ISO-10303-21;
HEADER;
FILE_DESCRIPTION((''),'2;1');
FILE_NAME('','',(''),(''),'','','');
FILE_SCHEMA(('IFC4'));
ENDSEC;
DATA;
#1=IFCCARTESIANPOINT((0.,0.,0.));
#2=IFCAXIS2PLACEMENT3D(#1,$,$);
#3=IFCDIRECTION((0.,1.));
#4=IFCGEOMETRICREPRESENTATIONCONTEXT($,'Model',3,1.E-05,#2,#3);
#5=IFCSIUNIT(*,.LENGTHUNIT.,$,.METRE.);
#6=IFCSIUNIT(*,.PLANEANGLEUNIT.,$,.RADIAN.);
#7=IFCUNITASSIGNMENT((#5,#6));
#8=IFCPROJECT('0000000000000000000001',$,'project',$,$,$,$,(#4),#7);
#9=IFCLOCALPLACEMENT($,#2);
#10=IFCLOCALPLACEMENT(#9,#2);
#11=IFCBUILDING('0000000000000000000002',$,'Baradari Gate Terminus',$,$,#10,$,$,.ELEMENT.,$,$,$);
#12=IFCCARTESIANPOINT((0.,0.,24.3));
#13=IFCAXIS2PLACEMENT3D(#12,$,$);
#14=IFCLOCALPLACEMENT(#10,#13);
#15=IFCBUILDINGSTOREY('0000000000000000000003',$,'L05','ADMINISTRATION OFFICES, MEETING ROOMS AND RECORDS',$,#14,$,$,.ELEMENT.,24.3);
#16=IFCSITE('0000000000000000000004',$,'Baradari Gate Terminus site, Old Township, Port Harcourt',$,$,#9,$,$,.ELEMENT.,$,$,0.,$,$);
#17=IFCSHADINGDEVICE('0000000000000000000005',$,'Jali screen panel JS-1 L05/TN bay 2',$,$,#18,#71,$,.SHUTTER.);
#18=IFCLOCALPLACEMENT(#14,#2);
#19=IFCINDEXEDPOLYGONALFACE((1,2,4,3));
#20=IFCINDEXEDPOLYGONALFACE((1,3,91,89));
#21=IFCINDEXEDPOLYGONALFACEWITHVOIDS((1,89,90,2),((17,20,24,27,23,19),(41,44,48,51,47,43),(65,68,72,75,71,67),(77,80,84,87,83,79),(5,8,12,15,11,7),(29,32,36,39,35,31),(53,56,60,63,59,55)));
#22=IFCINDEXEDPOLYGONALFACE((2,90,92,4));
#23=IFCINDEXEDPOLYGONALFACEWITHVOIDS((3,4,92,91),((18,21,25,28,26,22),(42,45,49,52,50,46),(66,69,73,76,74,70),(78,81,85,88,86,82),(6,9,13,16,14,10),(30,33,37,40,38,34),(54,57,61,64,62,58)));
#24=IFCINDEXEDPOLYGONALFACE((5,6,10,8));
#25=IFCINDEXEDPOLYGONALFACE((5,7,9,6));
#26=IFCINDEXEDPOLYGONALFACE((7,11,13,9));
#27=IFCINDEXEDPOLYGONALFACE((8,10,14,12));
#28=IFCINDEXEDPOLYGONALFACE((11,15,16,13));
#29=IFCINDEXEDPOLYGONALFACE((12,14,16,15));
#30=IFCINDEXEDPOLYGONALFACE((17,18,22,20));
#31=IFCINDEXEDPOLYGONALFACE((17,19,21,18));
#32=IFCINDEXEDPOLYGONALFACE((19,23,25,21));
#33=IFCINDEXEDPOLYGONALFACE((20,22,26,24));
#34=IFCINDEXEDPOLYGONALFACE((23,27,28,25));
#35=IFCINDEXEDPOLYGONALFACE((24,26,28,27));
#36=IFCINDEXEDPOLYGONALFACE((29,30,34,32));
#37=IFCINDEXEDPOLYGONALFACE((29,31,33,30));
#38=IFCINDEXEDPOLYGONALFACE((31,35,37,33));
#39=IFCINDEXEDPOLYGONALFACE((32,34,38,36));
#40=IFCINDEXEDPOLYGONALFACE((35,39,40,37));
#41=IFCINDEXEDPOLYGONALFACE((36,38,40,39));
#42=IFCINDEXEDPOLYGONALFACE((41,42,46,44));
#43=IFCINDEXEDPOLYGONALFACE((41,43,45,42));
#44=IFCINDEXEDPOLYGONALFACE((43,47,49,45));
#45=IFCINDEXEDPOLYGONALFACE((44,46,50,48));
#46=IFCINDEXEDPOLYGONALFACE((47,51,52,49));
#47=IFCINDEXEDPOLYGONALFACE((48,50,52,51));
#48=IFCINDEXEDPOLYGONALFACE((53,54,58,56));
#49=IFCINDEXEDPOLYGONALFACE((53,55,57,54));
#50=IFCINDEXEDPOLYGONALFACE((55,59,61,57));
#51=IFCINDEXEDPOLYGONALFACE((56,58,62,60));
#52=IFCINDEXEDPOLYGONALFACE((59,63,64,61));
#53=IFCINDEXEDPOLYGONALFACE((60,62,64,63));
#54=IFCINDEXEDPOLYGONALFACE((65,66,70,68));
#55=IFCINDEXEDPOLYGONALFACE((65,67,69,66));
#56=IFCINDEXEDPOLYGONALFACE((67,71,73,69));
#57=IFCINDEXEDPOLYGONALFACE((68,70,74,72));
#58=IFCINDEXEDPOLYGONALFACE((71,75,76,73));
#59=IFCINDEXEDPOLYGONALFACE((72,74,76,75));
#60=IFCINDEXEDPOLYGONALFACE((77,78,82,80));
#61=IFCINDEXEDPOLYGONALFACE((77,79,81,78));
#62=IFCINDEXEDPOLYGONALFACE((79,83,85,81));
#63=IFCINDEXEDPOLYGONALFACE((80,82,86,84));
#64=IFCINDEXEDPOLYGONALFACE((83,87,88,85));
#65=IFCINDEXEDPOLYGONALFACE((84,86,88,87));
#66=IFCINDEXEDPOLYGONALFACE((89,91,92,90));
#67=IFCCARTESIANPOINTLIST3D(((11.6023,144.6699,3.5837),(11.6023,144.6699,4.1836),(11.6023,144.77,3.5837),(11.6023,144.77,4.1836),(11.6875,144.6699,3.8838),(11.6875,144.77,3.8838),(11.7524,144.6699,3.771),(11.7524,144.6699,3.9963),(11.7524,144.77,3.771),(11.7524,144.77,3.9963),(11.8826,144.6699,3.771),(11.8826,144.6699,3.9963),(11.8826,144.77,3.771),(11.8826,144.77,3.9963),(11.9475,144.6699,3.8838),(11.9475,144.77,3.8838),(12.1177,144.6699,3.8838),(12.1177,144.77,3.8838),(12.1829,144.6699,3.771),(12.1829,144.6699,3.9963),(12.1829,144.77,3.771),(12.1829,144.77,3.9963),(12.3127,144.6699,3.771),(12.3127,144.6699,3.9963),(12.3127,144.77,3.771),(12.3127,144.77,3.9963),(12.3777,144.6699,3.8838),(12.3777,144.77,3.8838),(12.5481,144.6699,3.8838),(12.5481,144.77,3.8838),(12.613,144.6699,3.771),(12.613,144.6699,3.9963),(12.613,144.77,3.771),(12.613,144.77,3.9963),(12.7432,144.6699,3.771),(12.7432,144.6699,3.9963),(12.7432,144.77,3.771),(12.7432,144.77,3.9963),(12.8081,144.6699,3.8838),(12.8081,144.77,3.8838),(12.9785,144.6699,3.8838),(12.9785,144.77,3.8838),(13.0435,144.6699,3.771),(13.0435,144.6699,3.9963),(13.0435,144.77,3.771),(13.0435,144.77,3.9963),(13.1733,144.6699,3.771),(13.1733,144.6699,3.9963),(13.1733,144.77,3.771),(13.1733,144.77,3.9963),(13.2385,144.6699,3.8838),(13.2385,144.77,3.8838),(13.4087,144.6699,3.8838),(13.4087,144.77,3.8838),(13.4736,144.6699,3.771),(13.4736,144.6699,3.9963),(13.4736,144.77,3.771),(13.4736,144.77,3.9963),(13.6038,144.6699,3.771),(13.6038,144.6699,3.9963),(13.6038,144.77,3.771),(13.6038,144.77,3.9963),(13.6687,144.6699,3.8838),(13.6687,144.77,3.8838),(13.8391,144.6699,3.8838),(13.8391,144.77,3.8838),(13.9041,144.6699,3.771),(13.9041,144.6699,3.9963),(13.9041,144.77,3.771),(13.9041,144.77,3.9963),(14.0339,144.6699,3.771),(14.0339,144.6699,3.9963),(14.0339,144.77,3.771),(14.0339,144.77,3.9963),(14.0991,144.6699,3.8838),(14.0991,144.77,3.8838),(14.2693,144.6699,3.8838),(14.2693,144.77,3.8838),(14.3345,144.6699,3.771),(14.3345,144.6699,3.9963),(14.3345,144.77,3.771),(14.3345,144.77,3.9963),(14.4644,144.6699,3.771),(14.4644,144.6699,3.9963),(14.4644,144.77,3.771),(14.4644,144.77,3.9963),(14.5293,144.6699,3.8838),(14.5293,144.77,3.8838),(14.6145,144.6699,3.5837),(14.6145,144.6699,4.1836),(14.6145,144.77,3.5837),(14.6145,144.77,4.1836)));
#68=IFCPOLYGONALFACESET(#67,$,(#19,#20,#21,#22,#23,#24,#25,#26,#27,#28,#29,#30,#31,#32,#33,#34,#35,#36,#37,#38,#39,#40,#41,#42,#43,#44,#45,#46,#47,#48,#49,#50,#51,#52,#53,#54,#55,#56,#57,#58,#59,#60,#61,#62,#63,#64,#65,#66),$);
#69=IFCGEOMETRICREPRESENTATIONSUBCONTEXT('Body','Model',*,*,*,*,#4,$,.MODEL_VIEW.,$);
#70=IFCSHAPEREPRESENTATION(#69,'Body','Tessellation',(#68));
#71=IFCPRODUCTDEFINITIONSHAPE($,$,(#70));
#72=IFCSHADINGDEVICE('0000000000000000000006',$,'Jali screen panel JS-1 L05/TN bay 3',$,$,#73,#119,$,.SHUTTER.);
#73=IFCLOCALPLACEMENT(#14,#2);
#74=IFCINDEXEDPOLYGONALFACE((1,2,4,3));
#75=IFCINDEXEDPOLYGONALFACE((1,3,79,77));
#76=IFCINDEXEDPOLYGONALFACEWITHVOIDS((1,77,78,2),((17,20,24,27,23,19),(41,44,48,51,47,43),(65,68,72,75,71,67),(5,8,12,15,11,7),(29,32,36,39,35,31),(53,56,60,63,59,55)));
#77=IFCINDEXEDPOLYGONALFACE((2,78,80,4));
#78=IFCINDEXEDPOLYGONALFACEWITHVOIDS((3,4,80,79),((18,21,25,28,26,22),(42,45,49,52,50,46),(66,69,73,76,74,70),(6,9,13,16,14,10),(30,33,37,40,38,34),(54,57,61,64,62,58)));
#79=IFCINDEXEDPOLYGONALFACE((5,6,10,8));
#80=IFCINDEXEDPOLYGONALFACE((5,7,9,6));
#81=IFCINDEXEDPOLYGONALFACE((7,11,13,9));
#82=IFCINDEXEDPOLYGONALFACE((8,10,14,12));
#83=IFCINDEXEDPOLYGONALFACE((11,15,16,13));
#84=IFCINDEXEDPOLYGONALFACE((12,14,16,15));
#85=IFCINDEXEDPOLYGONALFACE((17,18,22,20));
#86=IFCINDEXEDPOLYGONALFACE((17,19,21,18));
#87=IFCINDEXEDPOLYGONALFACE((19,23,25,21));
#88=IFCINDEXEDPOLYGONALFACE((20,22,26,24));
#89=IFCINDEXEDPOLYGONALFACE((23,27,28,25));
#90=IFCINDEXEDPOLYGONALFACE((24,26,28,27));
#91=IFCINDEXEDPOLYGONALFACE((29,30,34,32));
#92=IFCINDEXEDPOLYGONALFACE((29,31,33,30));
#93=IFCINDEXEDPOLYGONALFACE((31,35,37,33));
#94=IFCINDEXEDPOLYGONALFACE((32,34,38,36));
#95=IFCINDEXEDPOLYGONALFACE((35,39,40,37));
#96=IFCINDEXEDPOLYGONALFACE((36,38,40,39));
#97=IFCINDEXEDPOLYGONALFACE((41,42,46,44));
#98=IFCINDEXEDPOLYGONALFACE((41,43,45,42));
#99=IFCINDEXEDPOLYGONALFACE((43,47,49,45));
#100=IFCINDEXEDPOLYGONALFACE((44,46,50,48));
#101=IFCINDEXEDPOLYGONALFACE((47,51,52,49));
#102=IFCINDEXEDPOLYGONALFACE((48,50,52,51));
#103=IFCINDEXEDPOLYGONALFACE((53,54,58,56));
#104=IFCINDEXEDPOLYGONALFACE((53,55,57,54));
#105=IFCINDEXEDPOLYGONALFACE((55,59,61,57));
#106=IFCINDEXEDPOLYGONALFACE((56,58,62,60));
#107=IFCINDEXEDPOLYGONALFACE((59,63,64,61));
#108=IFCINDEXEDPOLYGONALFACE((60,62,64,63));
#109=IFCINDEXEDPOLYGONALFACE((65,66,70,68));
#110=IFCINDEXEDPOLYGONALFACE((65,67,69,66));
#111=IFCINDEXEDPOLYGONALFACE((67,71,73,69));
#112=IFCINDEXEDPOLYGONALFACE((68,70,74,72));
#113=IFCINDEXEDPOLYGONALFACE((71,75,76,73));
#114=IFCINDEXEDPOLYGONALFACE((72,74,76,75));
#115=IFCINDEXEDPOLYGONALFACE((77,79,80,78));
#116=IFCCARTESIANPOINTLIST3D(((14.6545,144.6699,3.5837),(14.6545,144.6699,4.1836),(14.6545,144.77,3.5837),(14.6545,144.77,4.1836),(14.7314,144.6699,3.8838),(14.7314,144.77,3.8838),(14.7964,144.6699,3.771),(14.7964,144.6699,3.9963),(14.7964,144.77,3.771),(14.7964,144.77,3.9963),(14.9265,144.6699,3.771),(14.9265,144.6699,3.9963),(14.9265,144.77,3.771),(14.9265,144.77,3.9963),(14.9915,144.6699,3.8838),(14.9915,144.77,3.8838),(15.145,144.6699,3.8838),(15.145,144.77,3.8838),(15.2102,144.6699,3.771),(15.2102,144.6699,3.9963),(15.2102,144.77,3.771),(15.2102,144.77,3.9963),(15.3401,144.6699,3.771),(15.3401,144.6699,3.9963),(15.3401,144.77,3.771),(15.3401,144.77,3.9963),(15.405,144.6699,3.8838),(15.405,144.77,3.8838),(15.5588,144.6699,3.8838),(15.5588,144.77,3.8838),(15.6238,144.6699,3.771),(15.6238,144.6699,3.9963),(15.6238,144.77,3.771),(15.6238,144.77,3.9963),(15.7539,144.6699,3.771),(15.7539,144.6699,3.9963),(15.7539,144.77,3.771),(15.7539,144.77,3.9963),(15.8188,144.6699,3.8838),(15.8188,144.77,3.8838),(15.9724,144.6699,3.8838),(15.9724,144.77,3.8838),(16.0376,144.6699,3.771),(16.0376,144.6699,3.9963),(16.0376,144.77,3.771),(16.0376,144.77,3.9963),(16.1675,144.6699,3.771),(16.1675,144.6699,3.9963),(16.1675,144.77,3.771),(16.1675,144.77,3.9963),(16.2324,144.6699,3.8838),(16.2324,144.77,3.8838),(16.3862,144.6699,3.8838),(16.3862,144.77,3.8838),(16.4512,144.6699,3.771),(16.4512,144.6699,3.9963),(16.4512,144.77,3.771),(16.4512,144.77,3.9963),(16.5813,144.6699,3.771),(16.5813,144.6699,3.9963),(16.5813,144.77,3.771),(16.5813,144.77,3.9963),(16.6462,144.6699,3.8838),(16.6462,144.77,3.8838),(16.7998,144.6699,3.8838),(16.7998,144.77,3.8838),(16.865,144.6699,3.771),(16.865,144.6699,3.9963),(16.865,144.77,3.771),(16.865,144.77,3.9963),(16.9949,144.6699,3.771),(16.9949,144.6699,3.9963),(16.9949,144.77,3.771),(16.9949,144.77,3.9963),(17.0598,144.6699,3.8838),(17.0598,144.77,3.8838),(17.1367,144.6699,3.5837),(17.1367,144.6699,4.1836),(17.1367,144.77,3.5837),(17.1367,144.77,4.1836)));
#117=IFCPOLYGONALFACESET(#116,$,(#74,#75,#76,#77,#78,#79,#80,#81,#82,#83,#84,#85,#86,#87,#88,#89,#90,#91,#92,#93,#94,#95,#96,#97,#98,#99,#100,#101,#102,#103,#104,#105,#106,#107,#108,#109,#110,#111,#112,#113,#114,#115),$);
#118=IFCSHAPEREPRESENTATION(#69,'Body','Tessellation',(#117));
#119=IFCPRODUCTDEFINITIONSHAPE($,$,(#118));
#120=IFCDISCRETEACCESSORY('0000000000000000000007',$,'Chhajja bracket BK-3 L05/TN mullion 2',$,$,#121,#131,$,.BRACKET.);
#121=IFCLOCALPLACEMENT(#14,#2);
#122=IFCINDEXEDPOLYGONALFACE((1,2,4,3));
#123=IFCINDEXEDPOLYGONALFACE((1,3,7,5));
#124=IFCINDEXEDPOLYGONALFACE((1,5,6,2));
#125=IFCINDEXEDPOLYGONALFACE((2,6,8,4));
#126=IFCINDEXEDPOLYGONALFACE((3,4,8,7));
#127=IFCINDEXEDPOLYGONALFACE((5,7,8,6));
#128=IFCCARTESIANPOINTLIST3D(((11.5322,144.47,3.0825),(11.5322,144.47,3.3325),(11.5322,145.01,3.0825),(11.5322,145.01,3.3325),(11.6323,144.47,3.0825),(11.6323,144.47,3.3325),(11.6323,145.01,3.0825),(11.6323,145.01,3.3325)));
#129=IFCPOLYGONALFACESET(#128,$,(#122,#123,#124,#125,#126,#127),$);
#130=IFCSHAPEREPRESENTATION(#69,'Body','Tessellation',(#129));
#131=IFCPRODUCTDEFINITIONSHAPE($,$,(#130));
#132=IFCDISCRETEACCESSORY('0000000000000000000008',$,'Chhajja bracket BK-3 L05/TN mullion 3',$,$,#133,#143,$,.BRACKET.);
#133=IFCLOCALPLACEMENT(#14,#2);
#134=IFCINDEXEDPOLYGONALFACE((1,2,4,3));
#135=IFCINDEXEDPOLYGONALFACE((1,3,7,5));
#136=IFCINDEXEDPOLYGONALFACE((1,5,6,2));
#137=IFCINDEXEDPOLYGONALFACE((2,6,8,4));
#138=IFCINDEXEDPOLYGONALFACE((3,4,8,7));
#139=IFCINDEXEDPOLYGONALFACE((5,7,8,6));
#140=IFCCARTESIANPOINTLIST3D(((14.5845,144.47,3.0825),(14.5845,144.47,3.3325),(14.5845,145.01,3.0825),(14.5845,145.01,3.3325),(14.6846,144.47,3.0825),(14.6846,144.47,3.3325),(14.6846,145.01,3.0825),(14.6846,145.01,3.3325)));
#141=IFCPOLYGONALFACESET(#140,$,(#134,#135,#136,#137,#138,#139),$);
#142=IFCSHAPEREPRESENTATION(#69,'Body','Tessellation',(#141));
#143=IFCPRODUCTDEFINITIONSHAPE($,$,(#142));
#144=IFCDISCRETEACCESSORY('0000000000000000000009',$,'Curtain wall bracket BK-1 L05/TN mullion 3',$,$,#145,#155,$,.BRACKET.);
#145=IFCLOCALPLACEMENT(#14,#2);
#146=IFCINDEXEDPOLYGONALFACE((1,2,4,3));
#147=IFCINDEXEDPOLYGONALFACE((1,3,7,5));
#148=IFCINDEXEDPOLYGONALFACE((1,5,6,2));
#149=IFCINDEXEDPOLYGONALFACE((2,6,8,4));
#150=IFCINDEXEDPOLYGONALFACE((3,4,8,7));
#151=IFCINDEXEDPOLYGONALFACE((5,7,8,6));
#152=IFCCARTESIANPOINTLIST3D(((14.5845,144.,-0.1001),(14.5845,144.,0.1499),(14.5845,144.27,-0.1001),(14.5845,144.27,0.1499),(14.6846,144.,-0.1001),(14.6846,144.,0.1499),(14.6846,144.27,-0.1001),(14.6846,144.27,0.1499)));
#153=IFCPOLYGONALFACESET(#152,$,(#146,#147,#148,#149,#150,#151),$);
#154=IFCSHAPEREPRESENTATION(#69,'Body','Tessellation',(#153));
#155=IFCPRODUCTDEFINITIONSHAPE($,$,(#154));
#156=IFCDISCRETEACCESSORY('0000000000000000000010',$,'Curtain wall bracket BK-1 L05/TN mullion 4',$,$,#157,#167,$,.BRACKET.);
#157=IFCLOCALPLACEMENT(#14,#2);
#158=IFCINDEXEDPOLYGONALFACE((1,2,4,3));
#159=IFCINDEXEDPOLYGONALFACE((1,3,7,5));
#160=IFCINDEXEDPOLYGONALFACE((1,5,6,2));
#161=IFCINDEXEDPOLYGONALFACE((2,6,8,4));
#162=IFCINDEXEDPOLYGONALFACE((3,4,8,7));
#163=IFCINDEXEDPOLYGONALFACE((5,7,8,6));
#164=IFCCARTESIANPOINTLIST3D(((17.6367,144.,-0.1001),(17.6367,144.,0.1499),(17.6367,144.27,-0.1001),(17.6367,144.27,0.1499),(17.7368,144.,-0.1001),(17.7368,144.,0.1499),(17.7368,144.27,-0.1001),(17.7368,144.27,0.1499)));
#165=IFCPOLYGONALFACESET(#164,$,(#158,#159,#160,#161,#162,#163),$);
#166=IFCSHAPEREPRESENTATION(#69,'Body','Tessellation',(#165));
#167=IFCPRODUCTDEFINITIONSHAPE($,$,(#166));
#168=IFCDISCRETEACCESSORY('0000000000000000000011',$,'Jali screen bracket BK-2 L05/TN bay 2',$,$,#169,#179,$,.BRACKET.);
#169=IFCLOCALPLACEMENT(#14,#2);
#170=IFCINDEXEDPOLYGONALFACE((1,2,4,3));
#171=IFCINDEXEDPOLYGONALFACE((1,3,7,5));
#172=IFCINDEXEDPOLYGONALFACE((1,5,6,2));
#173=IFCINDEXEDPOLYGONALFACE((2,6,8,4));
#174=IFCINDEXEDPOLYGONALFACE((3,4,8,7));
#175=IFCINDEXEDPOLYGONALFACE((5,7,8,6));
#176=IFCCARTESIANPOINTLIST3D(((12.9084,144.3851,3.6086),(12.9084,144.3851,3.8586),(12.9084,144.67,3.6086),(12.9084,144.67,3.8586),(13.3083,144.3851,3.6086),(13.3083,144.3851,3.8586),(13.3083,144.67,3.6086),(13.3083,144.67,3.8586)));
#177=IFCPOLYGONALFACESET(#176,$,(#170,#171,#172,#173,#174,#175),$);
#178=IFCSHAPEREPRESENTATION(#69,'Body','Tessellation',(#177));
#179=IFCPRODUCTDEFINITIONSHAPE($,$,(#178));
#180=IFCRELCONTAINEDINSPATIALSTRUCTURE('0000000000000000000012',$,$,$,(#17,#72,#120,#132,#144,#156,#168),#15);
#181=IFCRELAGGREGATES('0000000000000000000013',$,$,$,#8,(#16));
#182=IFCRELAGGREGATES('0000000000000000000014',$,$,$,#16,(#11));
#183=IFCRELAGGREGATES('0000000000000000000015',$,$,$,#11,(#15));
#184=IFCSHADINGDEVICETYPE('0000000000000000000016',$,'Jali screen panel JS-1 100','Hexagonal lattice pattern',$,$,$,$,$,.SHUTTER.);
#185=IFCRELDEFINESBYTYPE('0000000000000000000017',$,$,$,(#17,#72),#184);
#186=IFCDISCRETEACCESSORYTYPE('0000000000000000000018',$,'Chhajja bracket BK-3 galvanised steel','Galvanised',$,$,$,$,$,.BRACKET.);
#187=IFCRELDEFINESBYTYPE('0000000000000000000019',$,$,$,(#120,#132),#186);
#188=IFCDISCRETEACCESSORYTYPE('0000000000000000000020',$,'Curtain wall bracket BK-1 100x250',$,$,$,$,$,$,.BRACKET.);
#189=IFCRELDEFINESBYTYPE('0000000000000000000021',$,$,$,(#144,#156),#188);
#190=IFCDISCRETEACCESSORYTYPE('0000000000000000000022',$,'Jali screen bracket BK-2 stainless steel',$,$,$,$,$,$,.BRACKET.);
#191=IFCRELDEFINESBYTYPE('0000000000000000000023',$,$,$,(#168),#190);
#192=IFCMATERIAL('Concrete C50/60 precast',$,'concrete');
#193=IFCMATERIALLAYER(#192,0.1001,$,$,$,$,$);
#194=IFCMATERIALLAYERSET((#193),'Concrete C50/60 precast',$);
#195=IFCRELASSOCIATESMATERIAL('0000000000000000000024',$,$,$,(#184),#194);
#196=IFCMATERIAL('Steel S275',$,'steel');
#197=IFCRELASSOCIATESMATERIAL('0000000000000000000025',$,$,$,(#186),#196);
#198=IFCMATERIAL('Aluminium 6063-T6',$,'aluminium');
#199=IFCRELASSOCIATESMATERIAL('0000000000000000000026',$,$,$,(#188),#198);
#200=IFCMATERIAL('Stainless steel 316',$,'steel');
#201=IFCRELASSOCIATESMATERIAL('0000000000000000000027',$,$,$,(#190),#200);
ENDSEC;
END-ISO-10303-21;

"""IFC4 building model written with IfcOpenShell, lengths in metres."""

from ifc_helpers import new_model, si_unit, direction, frame, origin, origin_2d, place, context, subcontext, project, spatial, polyline, rectangle, outline, extrude, material, layer, layer_set, type_object, element, save


model = new_model("IFC4")

# Units and contexts
model_context = context("Model", 3, precision=1e-05, world=origin(), true_north=direction((0.0, 1.0)))
body_context = subcontext(model_context, "Body", "Model", "MODEL_VIEW")
ifc_project = project(units=[si_unit("LENGTHUNIT", "METRE"), si_unit("PLANEANGLEUNIT", "RADIAN")], contexts=[model_context])

# Site, building, storey
site_placement = place(None, origin())
site = spatial("IfcSite", under=ifc_project, at=site_placement, Name="Baradari Gate Terminus site, Old Township, Port Harcourt", CompositionType="ELEMENT", RefElevation=0.0)
building_placement = place(site_placement, origin())
building = spatial("IfcBuilding", under=site, at=building_placement, Name="Baradari Gate Terminus", CompositionType="ELEMENT")
storey_placement = place(building_placement, frame((0.0, 0.0, 24.3)))
storey = spatial("IfcBuildingStorey", under=building, at=storey_placement, Name="L05", Description="ADMINISTRATION OFFICES, MEETING ROOMS AND RECORDS", CompositionType="ELEMENT", Elevation=24.3)

# Shading devices
ifc_material_1 = material(Name="Concrete C50/60 precast", Category="concrete")
ifc_layer_1 = layer(ifc_material_1, 0.1001)
ifc_layer_set_1 = layer_set([ifc_layer_1], Name="Concrete C50/60 precast")
shading_device_type_1 = type_object("IfcShadingDeviceType", Name="Jali screen panel JS-1 100", Description="Hexagonal lattice pattern", PredefinedType="SHUTTER", material=ifc_layer_set_1)
shading_device_1_placement = place(storey_placement, frame((11.6023, 144.72, 3.5837), z_axis=(0.0, 0.0, 1.0), x_axis=(1.0, 0.0, 0.0)))
element("IfcShadingDevice", 1, at=shading_device_1_placement, inside=storey, type_object=shading_device_type_1, Name="Jali screen panel JS-1 L05/TN bay 2", PredefinedType="SHUTTER", context=body_context, shape_type="SweptSolid", body=[
    extrude(outline(polyline([(0.0, 0.0), (3.0122, 0.0), (3.0122, 0.5999), (0.0, 0.5999), (0.0, 0.0)]), holes=[polyline([(0.3452, 0.3), (0.2803, 0.1873), (0.1501, 0.1873), (0.0852, 0.3), (0.1501, 0.4126), (0.2803, 0.4126), (0.3452, 0.3)]), polyline([(0.7754, 0.3), (0.7104, 0.1873), (0.5806, 0.1873), (0.5154, 0.3), (0.5806, 0.4126), (0.7104, 0.4126), (0.7754, 0.3)]), polyline([(1.2058, 0.3), (1.1409, 0.1873), (1.0107, 0.1873), (0.9458, 0.3), (1.0107, 0.4126), (1.1409, 0.4126), (1.2058, 0.3)]), polyline([(1.6362, 0.3), (1.571, 0.1873), (1.4412, 0.1873), (1.3762, 0.3), (1.4412, 0.4126), (1.571, 0.4126), (1.6362, 0.3)]), polyline([(2.0664, 0.3), (2.0015, 0.1873), (1.8713, 0.1873), (1.8064, 0.3), (1.8713, 0.4126), (2.0015, 0.4126), (2.0664, 0.3)]), polyline([(2.4968, 0.3), (2.4316, 0.1873), (2.3018, 0.1873), (2.2368, 0.3), (2.3018, 0.4126), (2.4316, 0.4126), (2.4968, 0.3)]), polyline([(2.927, 0.3), (2.8621, 0.1873), (2.7322, 0.1873), (2.667, 0.3), (2.7322, 0.4126), (2.8621, 0.4126), (2.927, 0.3)])]), frame((0.0, 0.05, 0.0), z_axis=(0.0, -1.0, 0.0), x_axis=(1.0, 0.0, 0.0)), (0.0, 0.0, 1.0), 0.1001),
])
shading_device_2_placement = place(storey_placement, frame((14.6545, 144.72, 3.5837), z_axis=(0.0, 0.0, 1.0), x_axis=(1.0, 0.0, 0.0)))
element("IfcShadingDevice", 2, at=shading_device_2_placement, inside=storey, type_object=shading_device_type_1, Name="Jali screen panel JS-1 L05/TN bay 3", PredefinedType="SHUTTER", context=body_context, shape_type="SweptSolid", body=[
    extrude(outline(polyline([(0.0, 0.0), (2.4822, 0.0), (2.4822, 0.5999), (0.0, 0.5999), (0.0, 0.0)]), holes=[polyline([(0.3369, 0.3), (0.272, 0.1873), (0.1418, 0.1873), (0.0769, 0.3), (0.1418, 0.4126), (0.272, 0.4126), (0.3369, 0.3)]), polyline([(0.7505, 0.3), (0.6855, 0.1873), (0.5557, 0.1873), (0.4905, 0.3), (0.5557, 0.4126), (0.6855, 0.4126), (0.7505, 0.3)]), polyline([(1.1643, 0.3), (1.0994, 0.1873), (0.9692, 0.1873), (0.9043, 0.3), (0.9692, 0.4126), (1.0994, 0.4126), (1.1643, 0.3)]), polyline([(1.5779, 0.3), (1.5129, 0.1873), (1.3831, 0.1873), (1.3179, 0.3), (1.3831, 0.4126), (1.5129, 0.4126), (1.5779, 0.3)]), polyline([(1.9917, 0.3), (1.9268, 0.1873), (1.7966, 0.1873), (1.7317, 0.3), (1.7966, 0.4126), (1.9268, 0.4126), (1.9917, 0.3)]), polyline([(2.4053, 0.3), (2.3403, 0.1873), (2.2104, 0.1873), (2.1453, 0.3), (2.2104, 0.4126), (2.3403, 0.4126), (2.4053, 0.3)])]), frame((0.0, 0.05, 0.0), z_axis=(0.0, -1.0, 0.0), x_axis=(1.0, 0.0, 0.0)), (0.0, 0.0, 1.0), 0.1001),
])

# Discrete accessories
ifc_material_2 = material(Name="Steel S275", Category="steel")
discrete_accessory_type_1 = type_object("IfcDiscreteAccessoryType", Name="Chhajja bracket BK-3 galvanised steel", Description="Galvanised", PredefinedType="BRACKET", material=ifc_material_2)
for number, where, z_axis, x_axis, name in (
    (3, (11.5823, 144.74, 3.0825), (0.0, 0.0, 1.0), (0.0, 1.0, 0.0), "Chhajja bracket BK-3 L05/TN mullion 2"),
    (4, (14.6345, 144.74, 3.0825), (0.0, 0.0, 1.0), (0.0, 1.0, 0.0), "Chhajja bracket BK-3 L05/TN mullion 3"),
):
    element("IfcDiscreteAccessory", number, at=place(storey_placement, frame(where, z_axis=z_axis, x_axis=x_axis)), inside=storey, type_object=discrete_accessory_type_1, Name=name, PredefinedType="BRACKET", context=body_context, shape_type="SweptSolid", body=[
        extrude(rectangle(XDim=0.54, YDim=0.1001, at=origin_2d()), origin(), (0.0, 0.0, 1.0), 0.25),
    ])
ifc_material_3 = material(Name="Aluminium 6063-T6", Category="aluminium")
discrete_accessory_type_2 = type_object("IfcDiscreteAccessoryType", Name="Curtain wall bracket BK-1 100x250", PredefinedType="BRACKET", material=ifc_material_3)
for number, where, z_axis, x_axis, name in (
    (5, (14.6345, 144.135, -0.1001), (0.0, 0.0, 1.0), (0.0, 1.0, 0.0), "Curtain wall bracket BK-1 L05/TN mullion 3"),
    (6, (17.6868, 144.135, -0.1001), (0.0, 0.0, 1.0), (0.0, 1.0, 0.0), "Curtain wall bracket BK-1 L05/TN mullion 4"),
):
    element("IfcDiscreteAccessory", number, at=place(storey_placement, frame(where, z_axis=z_axis, x_axis=x_axis)), inside=storey, type_object=discrete_accessory_type_2, Name=name, PredefinedType="BRACKET", context=body_context, shape_type="SweptSolid", body=[
        extrude(rectangle(XDim=0.27, YDim=0.1001, at=origin_2d()), origin(), (0.0, 0.0, 1.0), 0.25),
    ])
ifc_material_4 = material(Name="Stainless steel 316", Category="steel")
discrete_accessory_type_3 = type_object("IfcDiscreteAccessoryType", Name="Jali screen bracket BK-2 stainless steel", PredefinedType="BRACKET", material=ifc_material_4)
for number, where, z_axis, x_axis, name in (
    (7, (13.1084, 144.5276, 3.6086), (0.0, 0.0, 1.0), (0.0, 1.0, 0.0), "Jali screen bracket BK-2 L05/TN bay 2"),
):
    element("IfcDiscreteAccessory", number, at=place(storey_placement, frame(where, z_axis=z_axis, x_axis=x_axis)), inside=storey, type_object=discrete_accessory_type_3, Name=name, PredefinedType="BRACKET", context=body_context, shape_type="SweptSolid", body=[
        extrude(rectangle(XDim=0.2849, YDim=0.3999, at=origin_2d()), origin(), (0.0, 0.0, 1.0), 0.25),
    ])

save(model, "model.ifc")
